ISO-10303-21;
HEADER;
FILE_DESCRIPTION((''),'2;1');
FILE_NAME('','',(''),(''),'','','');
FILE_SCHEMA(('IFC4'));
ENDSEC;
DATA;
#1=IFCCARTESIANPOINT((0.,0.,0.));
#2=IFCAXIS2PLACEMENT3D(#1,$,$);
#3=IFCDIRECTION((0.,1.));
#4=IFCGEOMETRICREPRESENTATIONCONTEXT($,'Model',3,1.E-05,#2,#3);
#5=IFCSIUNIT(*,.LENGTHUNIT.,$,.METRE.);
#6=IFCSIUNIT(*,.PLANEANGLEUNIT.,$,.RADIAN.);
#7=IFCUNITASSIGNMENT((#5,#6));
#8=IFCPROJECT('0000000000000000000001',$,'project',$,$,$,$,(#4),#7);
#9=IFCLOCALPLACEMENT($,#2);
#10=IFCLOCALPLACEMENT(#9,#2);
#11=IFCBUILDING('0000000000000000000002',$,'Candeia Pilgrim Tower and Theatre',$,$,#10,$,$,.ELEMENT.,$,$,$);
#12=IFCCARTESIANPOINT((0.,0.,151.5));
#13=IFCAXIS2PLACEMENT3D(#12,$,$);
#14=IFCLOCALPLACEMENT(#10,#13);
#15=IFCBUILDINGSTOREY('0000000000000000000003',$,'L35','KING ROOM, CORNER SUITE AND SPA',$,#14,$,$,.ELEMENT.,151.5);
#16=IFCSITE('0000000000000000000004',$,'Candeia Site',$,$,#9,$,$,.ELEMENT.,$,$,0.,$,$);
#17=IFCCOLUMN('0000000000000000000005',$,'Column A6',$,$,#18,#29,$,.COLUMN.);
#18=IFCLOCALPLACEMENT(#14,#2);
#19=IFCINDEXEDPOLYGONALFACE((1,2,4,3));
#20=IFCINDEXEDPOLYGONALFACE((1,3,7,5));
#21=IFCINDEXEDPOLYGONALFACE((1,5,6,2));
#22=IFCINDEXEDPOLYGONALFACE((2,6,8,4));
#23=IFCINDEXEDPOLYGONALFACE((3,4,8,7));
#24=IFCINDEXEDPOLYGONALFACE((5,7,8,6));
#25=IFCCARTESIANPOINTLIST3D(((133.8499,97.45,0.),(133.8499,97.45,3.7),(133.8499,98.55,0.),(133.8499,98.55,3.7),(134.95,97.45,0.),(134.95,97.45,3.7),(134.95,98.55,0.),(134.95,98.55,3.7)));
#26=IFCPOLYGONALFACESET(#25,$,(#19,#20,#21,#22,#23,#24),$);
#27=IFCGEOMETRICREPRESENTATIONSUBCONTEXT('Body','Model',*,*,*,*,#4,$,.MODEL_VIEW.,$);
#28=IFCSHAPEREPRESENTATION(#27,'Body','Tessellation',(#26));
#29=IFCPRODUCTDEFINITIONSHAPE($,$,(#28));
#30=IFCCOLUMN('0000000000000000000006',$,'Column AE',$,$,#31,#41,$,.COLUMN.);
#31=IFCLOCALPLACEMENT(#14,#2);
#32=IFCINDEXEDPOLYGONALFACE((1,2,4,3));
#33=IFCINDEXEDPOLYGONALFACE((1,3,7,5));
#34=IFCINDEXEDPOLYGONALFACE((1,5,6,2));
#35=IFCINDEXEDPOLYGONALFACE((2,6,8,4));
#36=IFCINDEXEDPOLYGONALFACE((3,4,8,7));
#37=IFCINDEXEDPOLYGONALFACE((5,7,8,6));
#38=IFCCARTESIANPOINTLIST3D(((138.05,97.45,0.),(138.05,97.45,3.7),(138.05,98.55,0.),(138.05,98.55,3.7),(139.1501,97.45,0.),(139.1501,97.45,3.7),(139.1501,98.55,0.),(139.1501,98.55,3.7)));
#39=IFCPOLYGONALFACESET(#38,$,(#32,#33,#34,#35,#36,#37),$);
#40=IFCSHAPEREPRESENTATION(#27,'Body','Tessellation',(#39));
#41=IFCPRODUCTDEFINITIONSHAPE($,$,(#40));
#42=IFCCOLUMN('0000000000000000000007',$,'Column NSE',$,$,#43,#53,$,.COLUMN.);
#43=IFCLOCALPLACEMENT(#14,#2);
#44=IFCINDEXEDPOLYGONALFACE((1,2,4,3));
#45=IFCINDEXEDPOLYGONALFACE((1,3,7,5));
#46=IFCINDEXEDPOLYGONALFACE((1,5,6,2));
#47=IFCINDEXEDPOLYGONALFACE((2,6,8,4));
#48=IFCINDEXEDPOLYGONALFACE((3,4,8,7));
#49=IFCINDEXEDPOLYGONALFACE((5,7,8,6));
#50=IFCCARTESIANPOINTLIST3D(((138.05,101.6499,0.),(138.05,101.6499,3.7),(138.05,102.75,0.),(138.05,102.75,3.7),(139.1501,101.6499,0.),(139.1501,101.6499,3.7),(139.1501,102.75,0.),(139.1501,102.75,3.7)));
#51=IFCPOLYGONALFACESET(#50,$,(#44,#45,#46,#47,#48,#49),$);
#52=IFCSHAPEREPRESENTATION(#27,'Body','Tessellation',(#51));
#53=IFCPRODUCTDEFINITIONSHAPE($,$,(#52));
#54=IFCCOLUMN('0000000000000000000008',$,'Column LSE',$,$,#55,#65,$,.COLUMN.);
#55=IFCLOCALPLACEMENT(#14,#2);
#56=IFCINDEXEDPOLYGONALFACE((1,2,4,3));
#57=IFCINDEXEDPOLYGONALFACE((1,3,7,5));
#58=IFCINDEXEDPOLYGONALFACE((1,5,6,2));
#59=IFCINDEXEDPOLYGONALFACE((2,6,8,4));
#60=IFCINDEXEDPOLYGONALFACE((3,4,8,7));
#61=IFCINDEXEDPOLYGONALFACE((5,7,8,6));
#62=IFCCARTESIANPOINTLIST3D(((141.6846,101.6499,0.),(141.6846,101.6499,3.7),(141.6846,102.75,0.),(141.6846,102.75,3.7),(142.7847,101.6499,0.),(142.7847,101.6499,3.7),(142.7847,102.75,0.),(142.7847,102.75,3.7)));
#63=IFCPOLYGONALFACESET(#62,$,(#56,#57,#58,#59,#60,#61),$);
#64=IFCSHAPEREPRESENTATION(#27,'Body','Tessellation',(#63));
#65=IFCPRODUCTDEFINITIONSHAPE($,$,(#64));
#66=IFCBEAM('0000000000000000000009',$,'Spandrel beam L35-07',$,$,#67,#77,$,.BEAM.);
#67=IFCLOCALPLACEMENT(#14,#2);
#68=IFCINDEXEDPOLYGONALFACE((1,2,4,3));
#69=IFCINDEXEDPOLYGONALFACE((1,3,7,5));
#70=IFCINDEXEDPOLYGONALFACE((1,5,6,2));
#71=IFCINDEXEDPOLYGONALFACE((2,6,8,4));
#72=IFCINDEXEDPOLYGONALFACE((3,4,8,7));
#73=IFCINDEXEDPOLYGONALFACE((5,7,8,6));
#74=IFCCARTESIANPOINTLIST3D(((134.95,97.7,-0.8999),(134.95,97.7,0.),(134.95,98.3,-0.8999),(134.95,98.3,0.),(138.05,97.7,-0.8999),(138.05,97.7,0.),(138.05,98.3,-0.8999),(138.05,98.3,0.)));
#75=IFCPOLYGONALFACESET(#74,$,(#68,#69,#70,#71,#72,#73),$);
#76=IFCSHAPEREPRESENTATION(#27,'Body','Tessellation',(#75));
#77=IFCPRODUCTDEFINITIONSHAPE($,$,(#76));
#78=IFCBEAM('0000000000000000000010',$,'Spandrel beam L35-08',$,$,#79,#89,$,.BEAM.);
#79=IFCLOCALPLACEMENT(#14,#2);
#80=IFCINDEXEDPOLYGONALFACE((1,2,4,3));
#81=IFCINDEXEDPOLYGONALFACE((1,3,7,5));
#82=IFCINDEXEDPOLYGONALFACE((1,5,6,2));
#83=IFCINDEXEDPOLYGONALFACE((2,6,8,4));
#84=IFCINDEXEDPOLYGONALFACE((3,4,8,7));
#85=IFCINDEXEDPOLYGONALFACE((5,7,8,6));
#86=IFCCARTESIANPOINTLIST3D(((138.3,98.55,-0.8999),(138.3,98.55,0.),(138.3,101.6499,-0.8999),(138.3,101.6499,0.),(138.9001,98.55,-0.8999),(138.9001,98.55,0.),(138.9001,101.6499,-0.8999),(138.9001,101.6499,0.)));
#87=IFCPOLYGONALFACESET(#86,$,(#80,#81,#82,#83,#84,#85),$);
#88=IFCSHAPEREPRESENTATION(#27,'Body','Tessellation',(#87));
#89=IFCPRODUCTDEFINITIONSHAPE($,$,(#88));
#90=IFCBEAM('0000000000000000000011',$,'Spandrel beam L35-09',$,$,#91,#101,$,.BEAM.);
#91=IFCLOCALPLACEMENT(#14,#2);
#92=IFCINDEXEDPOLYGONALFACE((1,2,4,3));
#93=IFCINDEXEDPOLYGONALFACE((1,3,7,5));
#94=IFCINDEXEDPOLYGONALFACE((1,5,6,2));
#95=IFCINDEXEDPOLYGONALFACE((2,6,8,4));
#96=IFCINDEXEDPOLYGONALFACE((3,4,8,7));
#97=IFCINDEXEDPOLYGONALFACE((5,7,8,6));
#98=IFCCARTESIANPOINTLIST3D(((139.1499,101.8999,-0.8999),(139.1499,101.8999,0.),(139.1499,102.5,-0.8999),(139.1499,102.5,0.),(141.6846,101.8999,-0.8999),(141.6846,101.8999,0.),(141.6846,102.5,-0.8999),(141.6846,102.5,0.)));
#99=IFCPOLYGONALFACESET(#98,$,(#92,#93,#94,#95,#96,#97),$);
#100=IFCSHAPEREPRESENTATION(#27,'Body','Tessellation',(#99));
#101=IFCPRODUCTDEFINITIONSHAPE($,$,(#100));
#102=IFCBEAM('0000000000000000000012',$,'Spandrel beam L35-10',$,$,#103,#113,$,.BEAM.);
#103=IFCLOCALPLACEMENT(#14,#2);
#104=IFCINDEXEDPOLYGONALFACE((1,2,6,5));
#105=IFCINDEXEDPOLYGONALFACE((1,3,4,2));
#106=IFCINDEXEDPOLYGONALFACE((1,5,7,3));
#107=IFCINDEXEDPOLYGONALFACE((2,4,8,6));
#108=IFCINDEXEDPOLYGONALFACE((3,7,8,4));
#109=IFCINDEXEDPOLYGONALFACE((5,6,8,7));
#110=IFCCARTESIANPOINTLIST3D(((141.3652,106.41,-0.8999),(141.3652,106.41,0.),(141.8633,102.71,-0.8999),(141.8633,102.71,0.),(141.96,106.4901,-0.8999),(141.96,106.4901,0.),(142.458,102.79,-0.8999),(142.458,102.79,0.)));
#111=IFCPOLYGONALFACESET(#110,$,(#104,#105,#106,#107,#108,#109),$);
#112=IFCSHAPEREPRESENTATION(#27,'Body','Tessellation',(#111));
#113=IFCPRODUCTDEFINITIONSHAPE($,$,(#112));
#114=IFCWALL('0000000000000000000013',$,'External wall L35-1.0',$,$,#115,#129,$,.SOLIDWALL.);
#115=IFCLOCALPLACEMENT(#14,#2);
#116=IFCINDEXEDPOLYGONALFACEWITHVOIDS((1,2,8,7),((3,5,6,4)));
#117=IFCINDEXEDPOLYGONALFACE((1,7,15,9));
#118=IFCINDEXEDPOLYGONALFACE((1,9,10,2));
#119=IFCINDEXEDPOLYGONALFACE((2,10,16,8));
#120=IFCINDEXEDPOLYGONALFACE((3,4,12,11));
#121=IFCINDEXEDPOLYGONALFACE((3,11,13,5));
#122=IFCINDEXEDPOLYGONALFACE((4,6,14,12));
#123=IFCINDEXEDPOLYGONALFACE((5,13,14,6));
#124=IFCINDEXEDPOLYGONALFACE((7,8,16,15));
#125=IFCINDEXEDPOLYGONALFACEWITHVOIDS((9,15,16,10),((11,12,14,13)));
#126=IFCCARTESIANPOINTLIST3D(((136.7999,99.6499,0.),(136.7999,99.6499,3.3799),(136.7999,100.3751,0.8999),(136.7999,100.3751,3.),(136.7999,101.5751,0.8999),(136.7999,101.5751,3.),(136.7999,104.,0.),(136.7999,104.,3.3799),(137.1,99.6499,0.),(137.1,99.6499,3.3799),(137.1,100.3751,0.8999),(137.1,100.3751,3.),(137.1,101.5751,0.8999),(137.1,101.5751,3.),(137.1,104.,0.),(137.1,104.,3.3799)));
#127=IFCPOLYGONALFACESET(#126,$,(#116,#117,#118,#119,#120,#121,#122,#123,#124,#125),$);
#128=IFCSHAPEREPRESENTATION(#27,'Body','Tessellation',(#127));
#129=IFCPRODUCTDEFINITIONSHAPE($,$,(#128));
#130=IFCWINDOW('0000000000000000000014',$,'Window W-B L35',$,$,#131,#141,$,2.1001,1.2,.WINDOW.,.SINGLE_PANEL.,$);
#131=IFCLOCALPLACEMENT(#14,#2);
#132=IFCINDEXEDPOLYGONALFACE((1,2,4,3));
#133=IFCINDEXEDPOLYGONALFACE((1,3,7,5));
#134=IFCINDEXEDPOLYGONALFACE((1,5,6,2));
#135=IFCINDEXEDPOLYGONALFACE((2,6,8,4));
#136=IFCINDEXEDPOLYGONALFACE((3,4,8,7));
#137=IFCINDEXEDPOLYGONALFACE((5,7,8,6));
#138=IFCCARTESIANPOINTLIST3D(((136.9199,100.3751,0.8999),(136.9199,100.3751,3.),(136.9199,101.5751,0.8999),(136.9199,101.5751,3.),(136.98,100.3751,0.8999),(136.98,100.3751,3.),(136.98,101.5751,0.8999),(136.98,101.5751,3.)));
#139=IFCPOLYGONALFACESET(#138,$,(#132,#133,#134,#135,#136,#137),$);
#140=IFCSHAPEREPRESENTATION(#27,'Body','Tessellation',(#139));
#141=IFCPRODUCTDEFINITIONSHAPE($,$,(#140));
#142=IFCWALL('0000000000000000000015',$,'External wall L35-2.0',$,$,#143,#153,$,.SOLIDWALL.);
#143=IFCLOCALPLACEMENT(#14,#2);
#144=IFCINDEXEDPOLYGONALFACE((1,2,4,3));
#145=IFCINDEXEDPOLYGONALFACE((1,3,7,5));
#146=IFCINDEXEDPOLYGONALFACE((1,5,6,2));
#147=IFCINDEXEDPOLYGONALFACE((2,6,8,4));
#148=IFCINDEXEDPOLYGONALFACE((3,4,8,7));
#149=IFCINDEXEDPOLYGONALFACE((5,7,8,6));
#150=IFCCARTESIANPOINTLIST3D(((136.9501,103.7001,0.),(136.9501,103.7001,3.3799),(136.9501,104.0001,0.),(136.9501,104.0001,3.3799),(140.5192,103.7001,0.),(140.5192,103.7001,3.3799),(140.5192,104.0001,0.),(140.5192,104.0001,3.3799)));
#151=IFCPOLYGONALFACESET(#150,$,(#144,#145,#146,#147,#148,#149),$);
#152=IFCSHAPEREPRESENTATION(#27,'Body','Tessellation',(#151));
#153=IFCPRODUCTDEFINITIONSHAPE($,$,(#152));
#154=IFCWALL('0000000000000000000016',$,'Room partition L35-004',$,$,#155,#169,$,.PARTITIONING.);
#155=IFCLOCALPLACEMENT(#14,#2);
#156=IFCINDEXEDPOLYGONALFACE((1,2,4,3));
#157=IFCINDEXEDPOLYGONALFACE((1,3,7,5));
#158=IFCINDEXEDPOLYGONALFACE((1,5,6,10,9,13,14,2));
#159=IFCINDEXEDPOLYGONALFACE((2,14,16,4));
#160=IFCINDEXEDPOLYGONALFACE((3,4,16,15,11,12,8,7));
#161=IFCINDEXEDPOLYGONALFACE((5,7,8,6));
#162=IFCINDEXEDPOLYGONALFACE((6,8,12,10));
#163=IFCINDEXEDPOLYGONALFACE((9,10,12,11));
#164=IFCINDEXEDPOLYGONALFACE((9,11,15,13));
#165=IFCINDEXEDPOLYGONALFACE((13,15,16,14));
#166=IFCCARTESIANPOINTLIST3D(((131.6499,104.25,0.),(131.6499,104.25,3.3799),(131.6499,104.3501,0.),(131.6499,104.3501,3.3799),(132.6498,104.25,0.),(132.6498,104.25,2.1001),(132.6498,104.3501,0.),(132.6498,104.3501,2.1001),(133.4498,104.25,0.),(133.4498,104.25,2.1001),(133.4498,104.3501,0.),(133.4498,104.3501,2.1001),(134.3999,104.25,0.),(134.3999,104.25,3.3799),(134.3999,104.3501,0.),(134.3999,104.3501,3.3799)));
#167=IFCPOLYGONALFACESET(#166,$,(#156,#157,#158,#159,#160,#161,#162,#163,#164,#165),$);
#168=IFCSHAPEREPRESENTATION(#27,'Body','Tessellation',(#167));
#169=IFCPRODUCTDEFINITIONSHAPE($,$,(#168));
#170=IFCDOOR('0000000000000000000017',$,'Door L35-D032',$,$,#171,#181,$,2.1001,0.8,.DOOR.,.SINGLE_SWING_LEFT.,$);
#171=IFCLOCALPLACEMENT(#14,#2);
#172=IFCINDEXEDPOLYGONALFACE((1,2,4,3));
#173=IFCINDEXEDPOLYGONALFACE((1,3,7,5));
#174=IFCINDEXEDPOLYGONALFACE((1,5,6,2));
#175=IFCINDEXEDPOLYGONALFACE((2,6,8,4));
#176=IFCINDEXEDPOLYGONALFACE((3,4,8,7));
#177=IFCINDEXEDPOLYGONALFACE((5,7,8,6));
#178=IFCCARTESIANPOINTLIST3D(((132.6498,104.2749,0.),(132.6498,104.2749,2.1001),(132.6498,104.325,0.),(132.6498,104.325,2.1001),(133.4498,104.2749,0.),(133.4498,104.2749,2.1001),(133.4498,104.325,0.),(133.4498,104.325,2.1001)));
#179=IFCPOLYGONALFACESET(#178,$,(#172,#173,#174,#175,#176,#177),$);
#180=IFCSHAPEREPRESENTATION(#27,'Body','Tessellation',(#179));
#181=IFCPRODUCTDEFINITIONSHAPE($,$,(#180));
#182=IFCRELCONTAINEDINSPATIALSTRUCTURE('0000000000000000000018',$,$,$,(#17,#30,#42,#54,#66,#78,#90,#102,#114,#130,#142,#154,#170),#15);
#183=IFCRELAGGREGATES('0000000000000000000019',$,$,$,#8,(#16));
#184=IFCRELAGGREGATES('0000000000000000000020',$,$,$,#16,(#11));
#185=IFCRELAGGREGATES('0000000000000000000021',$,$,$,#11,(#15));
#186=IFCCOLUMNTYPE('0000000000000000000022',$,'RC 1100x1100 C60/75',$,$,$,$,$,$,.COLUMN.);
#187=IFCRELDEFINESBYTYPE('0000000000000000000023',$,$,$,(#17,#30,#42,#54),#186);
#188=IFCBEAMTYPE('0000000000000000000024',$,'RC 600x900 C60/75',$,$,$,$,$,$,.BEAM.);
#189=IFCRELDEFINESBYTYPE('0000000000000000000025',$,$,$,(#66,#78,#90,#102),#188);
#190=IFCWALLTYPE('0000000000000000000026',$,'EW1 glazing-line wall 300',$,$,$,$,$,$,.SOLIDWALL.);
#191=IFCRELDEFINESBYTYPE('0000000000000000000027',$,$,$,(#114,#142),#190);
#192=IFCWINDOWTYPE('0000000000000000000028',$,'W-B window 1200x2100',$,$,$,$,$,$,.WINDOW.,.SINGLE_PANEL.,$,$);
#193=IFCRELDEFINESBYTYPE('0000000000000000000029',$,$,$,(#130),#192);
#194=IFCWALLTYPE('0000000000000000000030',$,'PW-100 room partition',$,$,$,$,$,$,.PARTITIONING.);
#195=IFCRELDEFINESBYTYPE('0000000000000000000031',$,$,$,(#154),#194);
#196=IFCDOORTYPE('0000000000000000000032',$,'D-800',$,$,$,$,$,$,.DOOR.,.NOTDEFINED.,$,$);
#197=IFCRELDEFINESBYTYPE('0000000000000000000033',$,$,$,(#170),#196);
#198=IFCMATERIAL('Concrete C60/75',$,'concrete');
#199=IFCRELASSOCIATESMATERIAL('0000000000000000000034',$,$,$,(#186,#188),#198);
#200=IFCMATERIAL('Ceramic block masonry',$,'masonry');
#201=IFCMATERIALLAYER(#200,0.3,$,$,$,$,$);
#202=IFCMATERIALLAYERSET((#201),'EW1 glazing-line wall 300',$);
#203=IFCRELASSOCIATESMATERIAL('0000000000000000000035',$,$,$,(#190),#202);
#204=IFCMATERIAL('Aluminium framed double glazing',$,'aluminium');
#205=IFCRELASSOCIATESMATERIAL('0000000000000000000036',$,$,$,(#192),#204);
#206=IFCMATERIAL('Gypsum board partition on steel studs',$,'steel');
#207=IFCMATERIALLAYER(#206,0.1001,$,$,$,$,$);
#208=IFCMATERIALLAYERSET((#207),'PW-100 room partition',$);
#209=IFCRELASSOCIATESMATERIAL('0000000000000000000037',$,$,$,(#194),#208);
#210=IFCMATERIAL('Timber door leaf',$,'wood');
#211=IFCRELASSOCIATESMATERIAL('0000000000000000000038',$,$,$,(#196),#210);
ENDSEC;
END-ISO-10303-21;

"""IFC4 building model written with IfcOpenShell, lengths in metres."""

from ifc_helpers import new_model, si_unit, direction, frame, frame_2d, origin, origin_2d, place, context, subcontext, project, spatial, rectangle, extrude, material, layer, layer_set, material_profile, profile_set, type_object, element, fill, save


model = new_model("IFC4")

# Units and contexts
model_context = context("Model", 3, precision=1e-05, world=origin(), true_north=direction((0.0, 1.0)))
body_context = subcontext(model_context, "Body", "Model", "MODEL_VIEW")
ifc_project = project(units=[si_unit("LENGTHUNIT", "METRE"), si_unit("PLANEANGLEUNIT", "RADIAN")], contexts=[model_context])

# Site, building, storey
site_placement = place(None, origin())
site = spatial("IfcSite", under=ifc_project, at=site_placement, Name="Candeia Site", CompositionType="ELEMENT", RefElevation=0.0)
building_placement = place(site_placement, origin())
building = spatial("IfcBuilding", under=site, at=building_placement, Name="Candeia Pilgrim Tower and Theatre", CompositionType="ELEMENT")
storey_placement = place(building_placement, frame((0.0, 0.0, 151.5)))
storey = spatial("IfcBuildingStorey", under=building, at=storey_placement, Name="L35", Description="KING ROOM, CORNER SUITE AND SPA", CompositionType="ELEMENT", Elevation=151.5)

# Columns
ifc_material_1 = material(Name="Concrete C60/75", Category="concrete")
ifc_material_profile_1 = material_profile(ifc_material_1, rectangle(XDim=1.1001, YDim=1.1001, at=origin_2d()))
ifc_profile_set_1 = profile_set([ifc_material_profile_1], Name="Concrete C60/75")
column_type = type_object("IfcColumnType", Name="RC 1100x1100 C60/75", PredefinedType="COLUMN", material=ifc_profile_set_1)
for number, where, z_axis, x_axis, name in (
    (1, (134.3999, 98.0, 0.0), (0.0, 0.0, 1.0), (1.0, 0.0, 0.0), "Column A6"),
    (2, (138.6001, 98.0, 0.0), (0.0, 0.0, 1.0), (1.0, 0.0, 0.0), "Column AE"),
    (3, (138.6001, 102.2, 0.0), (0.0, 0.0, 1.0), (1.0, 0.0, 0.0), "Column NSE"),
    (4, (142.2346, 102.2, 0.0), (0.0, 0.0, 1.0), (1.0, 0.0, 0.0), "Column LSE"),
):
    element("IfcColumn", number, at=place(storey_placement, frame(where, z_axis=z_axis, x_axis=x_axis)), inside=storey, type_object=column_type, Name=name, PredefinedType="COLUMN", context=body_context, shape_type="SweptSolid", body=[
        extrude(rectangle(XDim=1.1001, YDim=1.1001, at=origin_2d()), origin(), (0.0, 0.0, 1.0), 3.7),
    ])

# Beams
ifc_material_profile_2 = material_profile(ifc_material_1, rectangle(XDim=0.6001, YDim=0.8999, at=origin_2d()))
ifc_profile_set_2 = profile_set([ifc_material_profile_2], Name="Concrete C60/75")
beam_type = type_object("IfcBeamType", Name="RC 600x900 C60/75", PredefinedType="BEAM", material=ifc_profile_set_2)
beam_1_placement = place(storey_placement, frame((134.95, 98.0, -0.45), z_axis=(1.0, 0.0, 0.0), x_axis=(0.0, 1.0, 0.0)))
element("IfcBeam", 5, at=beam_1_placement, inside=storey, type_object=beam_type, Name="Spandrel beam L35-07", PredefinedType="BEAM", context=body_context, shape_type="SweptSolid", body=[
    extrude(rectangle(XDim=0.6001, YDim=0.8999, at=origin_2d()), origin(), (0.0, 0.0, 1.0), 3.1001),
])
beam_2_placement = place(storey_placement, frame((138.6001, 98.55, -0.45), z_axis=(0.0, 1.0, 0.0), x_axis=(-1.0, 0.0, 0.0)))
element("IfcBeam", 6, at=beam_2_placement, inside=storey, type_object=beam_type, Name="Spandrel beam L35-08", PredefinedType="BEAM", context=body_context, shape_type="SweptSolid", body=[
    extrude(rectangle(XDim=0.6001, YDim=0.8999, at=origin_2d()), origin(), (0.0, 0.0, 1.0), 3.0999),
])
beam_3_placement = place(storey_placement, frame((139.1499, 102.2, -0.45), z_axis=(1.0, 0.0, 0.0), x_axis=(0.0, 1.0, 0.0)))
element("IfcBeam", 7, at=beam_3_placement, inside=storey, type_object=beam_type, Name="Spandrel beam L35-09", PredefinedType="BEAM", context=body_context, shape_type="SweptSolid", body=[
    extrude(rectangle(XDim=0.6001, YDim=0.8999, at=origin_2d()), origin(), (0.0, 0.0, 1.0), 2.5347),
])
beam_4_placement = place(storey_placement, frame((142.1606, 102.75, -0.45), z_axis=(-0.133406, 0.991061, 0.0), x_axis=(-0.991061, -0.133406, 0.0)))
element("IfcBeam", 8, at=beam_4_placement, inside=storey, type_object=beam_type, Name="Spandrel beam L35-10", PredefinedType="BEAM", context=body_context, shape_type="SweptSolid", body=[
    extrude(rectangle(XDim=0.6001, YDim=0.8999, at=origin_2d()), origin(), (0.0, 0.0, 1.0), 3.7334),
])

# Wall, opening, window
ifc_material_2 = material(Name="Ceramic block masonry", Category="masonry")
ifc_layer_1 = layer(ifc_material_2, 0.3)
ifc_layer_set_1 = layer_set([ifc_layer_1], Name="EW1 glazing-line wall 300")
wall_type_1 = type_object("IfcWallType", Name="EW1 glazing-line wall 300", PredefinedType="SOLIDWALL", material=ifc_layer_set_1)
wall_1_placement = place(storey_placement, frame((136.95, 99.6499, 0.0), z_axis=(0.0, 0.0, 1.0), x_axis=(0.0, 1.0, 0.0)))
wall_1 = element("IfcWall", 9, at=wall_1_placement, inside=storey, type_object=wall_type_1, Name="External wall L35-1.0", PredefinedType="SOLIDWALL", context=body_context, shape_type="SweptSolid", body=[
    extrude(rectangle(XDim=4.3501, YDim=0.3, at=frame_2d((2.175, 0.0))), origin(), (0.0, 0.0, 1.0), 3.3799),
])
opening_1_placement = place(wall_1_placement, frame((0.7251, 0.0, 0.8999)))
opening_1 = element("IfcOpeningElement", 10, at=opening_1_placement, cuts=wall_1, PredefinedType="OPENING", context=body_context, shape_type="SweptSolid", body=[
    extrude(rectangle(XDim=1.2, YDim=2.1001, at=frame_2d((0.6001, 1.05))), frame((0.0, 0.1602, 0.0), z_axis=(0.0, -1.0, 0.0), x_axis=(1.0, 0.0, 0.0)), (0.0, 0.0, 1.0), 0.3201),
])
ifc_material_3 = material(Name="Aluminium framed double glazing", Category="aluminium")
window_type = type_object("IfcWindowType", Name="W-B window 1200x2100", PartitioningType="SINGLE_PANEL", PredefinedType="WINDOW", material=ifc_material_3)
window_1_placement = place(opening_1_placement, origin())
window_1 = element("IfcWindow", 11, at=window_1_placement, inside=storey, type_object=window_type, Name="Window W-B L35", OverallHeight=2.1001, OverallWidth=1.2, PartitioningType="SINGLE_PANEL", PredefinedType="WINDOW", context=body_context, shape_type="SweptSolid", body=[
    extrude(rectangle(XDim=1.2, YDim=2.1001, at=frame_2d((0.6001, 1.05))), frame((0.0, 0.03, 0.0), z_axis=(0.0, -1.0, 0.0), x_axis=(1.0, 0.0, 0.0)), (0.0, 0.0, 1.0), 0.0601),
])
fill(opening_1, window_1)

# Wall
wall_2_placement = place(storey_placement, frame((136.95, 103.8501, 0.0), z_axis=(0.0, 0.0, 1.0), x_axis=(1.0, 0.0, 0.0)))
element("IfcWall", 12, at=wall_2_placement, inside=storey, type_object=wall_type_1, Name="External wall L35-2.0", PredefinedType="SOLIDWALL", context=body_context, shape_type="SweptSolid", body=[
    extrude(rectangle(XDim=3.5691, YDim=0.3, at=frame_2d((1.7847, 0.0))), origin(), (0.0, 0.0, 1.0), 3.3799),
])

# Wall, opening, door
ifc_material_4 = material(Name="Gypsum board partition on steel studs", Category="steel")
ifc_layer_2 = layer(ifc_material_4, 0.1001)
ifc_layer_set_2 = layer_set([ifc_layer_2], Name="PW-100 room partition")
wall_type_2 = type_object("IfcWallType", Name="PW-100 room partition", PredefinedType="PARTITIONING", material=ifc_layer_set_2)
wall_3_placement = place(storey_placement, frame((131.6499, 104.3, 0.0), z_axis=(0.0, 0.0, 1.0), x_axis=(1.0, 0.0, 0.0)))
wall_3 = element("IfcWall", 13, at=wall_3_placement, inside=storey, type_object=wall_type_2, Name="Room partition L35-004", PredefinedType="PARTITIONING", context=body_context, shape_type="SweptSolid", body=[
    extrude(rectangle(XDim=2.75, YDim=0.1001, at=frame_2d((1.375, 0.0))), origin(), (0.0, 0.0, 1.0), 3.3799),
])
opening_2_placement = place(wall_3_placement, frame((1.0, 0.0, 0.0)))
opening_2 = element("IfcOpeningElement", 14, at=opening_2_placement, cuts=wall_3, PredefinedType="OPENING", context=body_context, shape_type="SweptSolid", body=[
    extrude(rectangle(XDim=0.8, YDim=2.1001, at=frame_2d((0.3999, 1.05))), frame((0.0, 0.0601, 0.0), z_axis=(0.0, -1.0, 0.0), x_axis=(1.0, 0.0, 0.0)), (0.0, 0.0, 1.0), 0.1201),
])
ifc_material_5 = material(Name="Timber door leaf", Category="wood")
door_type_1 = type_object("IfcDoorType", Name="D-800", OperationType="NOTDEFINED", PredefinedType="DOOR", material=ifc_material_5)
door_1_placement = place(opening_2_placement, origin())
door_1 = element("IfcDoor", 15, at=door_1_placement, inside=storey, type_object=door_type_1, Name="Door L35-D032", OperationType="SINGLE_SWING_LEFT", OverallHeight=2.1001, OverallWidth=0.8, PredefinedType="DOOR", context=body_context, shape_type="SweptSolid", body=[
    extrude(rectangle(XDim=0.8, YDim=2.1001, at=frame_2d((0.3999, 1.05))), frame((0.0, 0.0249, 0.0), z_axis=(0.0, -1.0, 0.0), x_axis=(1.0, 0.0, 0.0)), (0.0, 0.0, 1.0), 0.05),
])
fill(opening_2, door_1)

save(model, "model.ifc")
